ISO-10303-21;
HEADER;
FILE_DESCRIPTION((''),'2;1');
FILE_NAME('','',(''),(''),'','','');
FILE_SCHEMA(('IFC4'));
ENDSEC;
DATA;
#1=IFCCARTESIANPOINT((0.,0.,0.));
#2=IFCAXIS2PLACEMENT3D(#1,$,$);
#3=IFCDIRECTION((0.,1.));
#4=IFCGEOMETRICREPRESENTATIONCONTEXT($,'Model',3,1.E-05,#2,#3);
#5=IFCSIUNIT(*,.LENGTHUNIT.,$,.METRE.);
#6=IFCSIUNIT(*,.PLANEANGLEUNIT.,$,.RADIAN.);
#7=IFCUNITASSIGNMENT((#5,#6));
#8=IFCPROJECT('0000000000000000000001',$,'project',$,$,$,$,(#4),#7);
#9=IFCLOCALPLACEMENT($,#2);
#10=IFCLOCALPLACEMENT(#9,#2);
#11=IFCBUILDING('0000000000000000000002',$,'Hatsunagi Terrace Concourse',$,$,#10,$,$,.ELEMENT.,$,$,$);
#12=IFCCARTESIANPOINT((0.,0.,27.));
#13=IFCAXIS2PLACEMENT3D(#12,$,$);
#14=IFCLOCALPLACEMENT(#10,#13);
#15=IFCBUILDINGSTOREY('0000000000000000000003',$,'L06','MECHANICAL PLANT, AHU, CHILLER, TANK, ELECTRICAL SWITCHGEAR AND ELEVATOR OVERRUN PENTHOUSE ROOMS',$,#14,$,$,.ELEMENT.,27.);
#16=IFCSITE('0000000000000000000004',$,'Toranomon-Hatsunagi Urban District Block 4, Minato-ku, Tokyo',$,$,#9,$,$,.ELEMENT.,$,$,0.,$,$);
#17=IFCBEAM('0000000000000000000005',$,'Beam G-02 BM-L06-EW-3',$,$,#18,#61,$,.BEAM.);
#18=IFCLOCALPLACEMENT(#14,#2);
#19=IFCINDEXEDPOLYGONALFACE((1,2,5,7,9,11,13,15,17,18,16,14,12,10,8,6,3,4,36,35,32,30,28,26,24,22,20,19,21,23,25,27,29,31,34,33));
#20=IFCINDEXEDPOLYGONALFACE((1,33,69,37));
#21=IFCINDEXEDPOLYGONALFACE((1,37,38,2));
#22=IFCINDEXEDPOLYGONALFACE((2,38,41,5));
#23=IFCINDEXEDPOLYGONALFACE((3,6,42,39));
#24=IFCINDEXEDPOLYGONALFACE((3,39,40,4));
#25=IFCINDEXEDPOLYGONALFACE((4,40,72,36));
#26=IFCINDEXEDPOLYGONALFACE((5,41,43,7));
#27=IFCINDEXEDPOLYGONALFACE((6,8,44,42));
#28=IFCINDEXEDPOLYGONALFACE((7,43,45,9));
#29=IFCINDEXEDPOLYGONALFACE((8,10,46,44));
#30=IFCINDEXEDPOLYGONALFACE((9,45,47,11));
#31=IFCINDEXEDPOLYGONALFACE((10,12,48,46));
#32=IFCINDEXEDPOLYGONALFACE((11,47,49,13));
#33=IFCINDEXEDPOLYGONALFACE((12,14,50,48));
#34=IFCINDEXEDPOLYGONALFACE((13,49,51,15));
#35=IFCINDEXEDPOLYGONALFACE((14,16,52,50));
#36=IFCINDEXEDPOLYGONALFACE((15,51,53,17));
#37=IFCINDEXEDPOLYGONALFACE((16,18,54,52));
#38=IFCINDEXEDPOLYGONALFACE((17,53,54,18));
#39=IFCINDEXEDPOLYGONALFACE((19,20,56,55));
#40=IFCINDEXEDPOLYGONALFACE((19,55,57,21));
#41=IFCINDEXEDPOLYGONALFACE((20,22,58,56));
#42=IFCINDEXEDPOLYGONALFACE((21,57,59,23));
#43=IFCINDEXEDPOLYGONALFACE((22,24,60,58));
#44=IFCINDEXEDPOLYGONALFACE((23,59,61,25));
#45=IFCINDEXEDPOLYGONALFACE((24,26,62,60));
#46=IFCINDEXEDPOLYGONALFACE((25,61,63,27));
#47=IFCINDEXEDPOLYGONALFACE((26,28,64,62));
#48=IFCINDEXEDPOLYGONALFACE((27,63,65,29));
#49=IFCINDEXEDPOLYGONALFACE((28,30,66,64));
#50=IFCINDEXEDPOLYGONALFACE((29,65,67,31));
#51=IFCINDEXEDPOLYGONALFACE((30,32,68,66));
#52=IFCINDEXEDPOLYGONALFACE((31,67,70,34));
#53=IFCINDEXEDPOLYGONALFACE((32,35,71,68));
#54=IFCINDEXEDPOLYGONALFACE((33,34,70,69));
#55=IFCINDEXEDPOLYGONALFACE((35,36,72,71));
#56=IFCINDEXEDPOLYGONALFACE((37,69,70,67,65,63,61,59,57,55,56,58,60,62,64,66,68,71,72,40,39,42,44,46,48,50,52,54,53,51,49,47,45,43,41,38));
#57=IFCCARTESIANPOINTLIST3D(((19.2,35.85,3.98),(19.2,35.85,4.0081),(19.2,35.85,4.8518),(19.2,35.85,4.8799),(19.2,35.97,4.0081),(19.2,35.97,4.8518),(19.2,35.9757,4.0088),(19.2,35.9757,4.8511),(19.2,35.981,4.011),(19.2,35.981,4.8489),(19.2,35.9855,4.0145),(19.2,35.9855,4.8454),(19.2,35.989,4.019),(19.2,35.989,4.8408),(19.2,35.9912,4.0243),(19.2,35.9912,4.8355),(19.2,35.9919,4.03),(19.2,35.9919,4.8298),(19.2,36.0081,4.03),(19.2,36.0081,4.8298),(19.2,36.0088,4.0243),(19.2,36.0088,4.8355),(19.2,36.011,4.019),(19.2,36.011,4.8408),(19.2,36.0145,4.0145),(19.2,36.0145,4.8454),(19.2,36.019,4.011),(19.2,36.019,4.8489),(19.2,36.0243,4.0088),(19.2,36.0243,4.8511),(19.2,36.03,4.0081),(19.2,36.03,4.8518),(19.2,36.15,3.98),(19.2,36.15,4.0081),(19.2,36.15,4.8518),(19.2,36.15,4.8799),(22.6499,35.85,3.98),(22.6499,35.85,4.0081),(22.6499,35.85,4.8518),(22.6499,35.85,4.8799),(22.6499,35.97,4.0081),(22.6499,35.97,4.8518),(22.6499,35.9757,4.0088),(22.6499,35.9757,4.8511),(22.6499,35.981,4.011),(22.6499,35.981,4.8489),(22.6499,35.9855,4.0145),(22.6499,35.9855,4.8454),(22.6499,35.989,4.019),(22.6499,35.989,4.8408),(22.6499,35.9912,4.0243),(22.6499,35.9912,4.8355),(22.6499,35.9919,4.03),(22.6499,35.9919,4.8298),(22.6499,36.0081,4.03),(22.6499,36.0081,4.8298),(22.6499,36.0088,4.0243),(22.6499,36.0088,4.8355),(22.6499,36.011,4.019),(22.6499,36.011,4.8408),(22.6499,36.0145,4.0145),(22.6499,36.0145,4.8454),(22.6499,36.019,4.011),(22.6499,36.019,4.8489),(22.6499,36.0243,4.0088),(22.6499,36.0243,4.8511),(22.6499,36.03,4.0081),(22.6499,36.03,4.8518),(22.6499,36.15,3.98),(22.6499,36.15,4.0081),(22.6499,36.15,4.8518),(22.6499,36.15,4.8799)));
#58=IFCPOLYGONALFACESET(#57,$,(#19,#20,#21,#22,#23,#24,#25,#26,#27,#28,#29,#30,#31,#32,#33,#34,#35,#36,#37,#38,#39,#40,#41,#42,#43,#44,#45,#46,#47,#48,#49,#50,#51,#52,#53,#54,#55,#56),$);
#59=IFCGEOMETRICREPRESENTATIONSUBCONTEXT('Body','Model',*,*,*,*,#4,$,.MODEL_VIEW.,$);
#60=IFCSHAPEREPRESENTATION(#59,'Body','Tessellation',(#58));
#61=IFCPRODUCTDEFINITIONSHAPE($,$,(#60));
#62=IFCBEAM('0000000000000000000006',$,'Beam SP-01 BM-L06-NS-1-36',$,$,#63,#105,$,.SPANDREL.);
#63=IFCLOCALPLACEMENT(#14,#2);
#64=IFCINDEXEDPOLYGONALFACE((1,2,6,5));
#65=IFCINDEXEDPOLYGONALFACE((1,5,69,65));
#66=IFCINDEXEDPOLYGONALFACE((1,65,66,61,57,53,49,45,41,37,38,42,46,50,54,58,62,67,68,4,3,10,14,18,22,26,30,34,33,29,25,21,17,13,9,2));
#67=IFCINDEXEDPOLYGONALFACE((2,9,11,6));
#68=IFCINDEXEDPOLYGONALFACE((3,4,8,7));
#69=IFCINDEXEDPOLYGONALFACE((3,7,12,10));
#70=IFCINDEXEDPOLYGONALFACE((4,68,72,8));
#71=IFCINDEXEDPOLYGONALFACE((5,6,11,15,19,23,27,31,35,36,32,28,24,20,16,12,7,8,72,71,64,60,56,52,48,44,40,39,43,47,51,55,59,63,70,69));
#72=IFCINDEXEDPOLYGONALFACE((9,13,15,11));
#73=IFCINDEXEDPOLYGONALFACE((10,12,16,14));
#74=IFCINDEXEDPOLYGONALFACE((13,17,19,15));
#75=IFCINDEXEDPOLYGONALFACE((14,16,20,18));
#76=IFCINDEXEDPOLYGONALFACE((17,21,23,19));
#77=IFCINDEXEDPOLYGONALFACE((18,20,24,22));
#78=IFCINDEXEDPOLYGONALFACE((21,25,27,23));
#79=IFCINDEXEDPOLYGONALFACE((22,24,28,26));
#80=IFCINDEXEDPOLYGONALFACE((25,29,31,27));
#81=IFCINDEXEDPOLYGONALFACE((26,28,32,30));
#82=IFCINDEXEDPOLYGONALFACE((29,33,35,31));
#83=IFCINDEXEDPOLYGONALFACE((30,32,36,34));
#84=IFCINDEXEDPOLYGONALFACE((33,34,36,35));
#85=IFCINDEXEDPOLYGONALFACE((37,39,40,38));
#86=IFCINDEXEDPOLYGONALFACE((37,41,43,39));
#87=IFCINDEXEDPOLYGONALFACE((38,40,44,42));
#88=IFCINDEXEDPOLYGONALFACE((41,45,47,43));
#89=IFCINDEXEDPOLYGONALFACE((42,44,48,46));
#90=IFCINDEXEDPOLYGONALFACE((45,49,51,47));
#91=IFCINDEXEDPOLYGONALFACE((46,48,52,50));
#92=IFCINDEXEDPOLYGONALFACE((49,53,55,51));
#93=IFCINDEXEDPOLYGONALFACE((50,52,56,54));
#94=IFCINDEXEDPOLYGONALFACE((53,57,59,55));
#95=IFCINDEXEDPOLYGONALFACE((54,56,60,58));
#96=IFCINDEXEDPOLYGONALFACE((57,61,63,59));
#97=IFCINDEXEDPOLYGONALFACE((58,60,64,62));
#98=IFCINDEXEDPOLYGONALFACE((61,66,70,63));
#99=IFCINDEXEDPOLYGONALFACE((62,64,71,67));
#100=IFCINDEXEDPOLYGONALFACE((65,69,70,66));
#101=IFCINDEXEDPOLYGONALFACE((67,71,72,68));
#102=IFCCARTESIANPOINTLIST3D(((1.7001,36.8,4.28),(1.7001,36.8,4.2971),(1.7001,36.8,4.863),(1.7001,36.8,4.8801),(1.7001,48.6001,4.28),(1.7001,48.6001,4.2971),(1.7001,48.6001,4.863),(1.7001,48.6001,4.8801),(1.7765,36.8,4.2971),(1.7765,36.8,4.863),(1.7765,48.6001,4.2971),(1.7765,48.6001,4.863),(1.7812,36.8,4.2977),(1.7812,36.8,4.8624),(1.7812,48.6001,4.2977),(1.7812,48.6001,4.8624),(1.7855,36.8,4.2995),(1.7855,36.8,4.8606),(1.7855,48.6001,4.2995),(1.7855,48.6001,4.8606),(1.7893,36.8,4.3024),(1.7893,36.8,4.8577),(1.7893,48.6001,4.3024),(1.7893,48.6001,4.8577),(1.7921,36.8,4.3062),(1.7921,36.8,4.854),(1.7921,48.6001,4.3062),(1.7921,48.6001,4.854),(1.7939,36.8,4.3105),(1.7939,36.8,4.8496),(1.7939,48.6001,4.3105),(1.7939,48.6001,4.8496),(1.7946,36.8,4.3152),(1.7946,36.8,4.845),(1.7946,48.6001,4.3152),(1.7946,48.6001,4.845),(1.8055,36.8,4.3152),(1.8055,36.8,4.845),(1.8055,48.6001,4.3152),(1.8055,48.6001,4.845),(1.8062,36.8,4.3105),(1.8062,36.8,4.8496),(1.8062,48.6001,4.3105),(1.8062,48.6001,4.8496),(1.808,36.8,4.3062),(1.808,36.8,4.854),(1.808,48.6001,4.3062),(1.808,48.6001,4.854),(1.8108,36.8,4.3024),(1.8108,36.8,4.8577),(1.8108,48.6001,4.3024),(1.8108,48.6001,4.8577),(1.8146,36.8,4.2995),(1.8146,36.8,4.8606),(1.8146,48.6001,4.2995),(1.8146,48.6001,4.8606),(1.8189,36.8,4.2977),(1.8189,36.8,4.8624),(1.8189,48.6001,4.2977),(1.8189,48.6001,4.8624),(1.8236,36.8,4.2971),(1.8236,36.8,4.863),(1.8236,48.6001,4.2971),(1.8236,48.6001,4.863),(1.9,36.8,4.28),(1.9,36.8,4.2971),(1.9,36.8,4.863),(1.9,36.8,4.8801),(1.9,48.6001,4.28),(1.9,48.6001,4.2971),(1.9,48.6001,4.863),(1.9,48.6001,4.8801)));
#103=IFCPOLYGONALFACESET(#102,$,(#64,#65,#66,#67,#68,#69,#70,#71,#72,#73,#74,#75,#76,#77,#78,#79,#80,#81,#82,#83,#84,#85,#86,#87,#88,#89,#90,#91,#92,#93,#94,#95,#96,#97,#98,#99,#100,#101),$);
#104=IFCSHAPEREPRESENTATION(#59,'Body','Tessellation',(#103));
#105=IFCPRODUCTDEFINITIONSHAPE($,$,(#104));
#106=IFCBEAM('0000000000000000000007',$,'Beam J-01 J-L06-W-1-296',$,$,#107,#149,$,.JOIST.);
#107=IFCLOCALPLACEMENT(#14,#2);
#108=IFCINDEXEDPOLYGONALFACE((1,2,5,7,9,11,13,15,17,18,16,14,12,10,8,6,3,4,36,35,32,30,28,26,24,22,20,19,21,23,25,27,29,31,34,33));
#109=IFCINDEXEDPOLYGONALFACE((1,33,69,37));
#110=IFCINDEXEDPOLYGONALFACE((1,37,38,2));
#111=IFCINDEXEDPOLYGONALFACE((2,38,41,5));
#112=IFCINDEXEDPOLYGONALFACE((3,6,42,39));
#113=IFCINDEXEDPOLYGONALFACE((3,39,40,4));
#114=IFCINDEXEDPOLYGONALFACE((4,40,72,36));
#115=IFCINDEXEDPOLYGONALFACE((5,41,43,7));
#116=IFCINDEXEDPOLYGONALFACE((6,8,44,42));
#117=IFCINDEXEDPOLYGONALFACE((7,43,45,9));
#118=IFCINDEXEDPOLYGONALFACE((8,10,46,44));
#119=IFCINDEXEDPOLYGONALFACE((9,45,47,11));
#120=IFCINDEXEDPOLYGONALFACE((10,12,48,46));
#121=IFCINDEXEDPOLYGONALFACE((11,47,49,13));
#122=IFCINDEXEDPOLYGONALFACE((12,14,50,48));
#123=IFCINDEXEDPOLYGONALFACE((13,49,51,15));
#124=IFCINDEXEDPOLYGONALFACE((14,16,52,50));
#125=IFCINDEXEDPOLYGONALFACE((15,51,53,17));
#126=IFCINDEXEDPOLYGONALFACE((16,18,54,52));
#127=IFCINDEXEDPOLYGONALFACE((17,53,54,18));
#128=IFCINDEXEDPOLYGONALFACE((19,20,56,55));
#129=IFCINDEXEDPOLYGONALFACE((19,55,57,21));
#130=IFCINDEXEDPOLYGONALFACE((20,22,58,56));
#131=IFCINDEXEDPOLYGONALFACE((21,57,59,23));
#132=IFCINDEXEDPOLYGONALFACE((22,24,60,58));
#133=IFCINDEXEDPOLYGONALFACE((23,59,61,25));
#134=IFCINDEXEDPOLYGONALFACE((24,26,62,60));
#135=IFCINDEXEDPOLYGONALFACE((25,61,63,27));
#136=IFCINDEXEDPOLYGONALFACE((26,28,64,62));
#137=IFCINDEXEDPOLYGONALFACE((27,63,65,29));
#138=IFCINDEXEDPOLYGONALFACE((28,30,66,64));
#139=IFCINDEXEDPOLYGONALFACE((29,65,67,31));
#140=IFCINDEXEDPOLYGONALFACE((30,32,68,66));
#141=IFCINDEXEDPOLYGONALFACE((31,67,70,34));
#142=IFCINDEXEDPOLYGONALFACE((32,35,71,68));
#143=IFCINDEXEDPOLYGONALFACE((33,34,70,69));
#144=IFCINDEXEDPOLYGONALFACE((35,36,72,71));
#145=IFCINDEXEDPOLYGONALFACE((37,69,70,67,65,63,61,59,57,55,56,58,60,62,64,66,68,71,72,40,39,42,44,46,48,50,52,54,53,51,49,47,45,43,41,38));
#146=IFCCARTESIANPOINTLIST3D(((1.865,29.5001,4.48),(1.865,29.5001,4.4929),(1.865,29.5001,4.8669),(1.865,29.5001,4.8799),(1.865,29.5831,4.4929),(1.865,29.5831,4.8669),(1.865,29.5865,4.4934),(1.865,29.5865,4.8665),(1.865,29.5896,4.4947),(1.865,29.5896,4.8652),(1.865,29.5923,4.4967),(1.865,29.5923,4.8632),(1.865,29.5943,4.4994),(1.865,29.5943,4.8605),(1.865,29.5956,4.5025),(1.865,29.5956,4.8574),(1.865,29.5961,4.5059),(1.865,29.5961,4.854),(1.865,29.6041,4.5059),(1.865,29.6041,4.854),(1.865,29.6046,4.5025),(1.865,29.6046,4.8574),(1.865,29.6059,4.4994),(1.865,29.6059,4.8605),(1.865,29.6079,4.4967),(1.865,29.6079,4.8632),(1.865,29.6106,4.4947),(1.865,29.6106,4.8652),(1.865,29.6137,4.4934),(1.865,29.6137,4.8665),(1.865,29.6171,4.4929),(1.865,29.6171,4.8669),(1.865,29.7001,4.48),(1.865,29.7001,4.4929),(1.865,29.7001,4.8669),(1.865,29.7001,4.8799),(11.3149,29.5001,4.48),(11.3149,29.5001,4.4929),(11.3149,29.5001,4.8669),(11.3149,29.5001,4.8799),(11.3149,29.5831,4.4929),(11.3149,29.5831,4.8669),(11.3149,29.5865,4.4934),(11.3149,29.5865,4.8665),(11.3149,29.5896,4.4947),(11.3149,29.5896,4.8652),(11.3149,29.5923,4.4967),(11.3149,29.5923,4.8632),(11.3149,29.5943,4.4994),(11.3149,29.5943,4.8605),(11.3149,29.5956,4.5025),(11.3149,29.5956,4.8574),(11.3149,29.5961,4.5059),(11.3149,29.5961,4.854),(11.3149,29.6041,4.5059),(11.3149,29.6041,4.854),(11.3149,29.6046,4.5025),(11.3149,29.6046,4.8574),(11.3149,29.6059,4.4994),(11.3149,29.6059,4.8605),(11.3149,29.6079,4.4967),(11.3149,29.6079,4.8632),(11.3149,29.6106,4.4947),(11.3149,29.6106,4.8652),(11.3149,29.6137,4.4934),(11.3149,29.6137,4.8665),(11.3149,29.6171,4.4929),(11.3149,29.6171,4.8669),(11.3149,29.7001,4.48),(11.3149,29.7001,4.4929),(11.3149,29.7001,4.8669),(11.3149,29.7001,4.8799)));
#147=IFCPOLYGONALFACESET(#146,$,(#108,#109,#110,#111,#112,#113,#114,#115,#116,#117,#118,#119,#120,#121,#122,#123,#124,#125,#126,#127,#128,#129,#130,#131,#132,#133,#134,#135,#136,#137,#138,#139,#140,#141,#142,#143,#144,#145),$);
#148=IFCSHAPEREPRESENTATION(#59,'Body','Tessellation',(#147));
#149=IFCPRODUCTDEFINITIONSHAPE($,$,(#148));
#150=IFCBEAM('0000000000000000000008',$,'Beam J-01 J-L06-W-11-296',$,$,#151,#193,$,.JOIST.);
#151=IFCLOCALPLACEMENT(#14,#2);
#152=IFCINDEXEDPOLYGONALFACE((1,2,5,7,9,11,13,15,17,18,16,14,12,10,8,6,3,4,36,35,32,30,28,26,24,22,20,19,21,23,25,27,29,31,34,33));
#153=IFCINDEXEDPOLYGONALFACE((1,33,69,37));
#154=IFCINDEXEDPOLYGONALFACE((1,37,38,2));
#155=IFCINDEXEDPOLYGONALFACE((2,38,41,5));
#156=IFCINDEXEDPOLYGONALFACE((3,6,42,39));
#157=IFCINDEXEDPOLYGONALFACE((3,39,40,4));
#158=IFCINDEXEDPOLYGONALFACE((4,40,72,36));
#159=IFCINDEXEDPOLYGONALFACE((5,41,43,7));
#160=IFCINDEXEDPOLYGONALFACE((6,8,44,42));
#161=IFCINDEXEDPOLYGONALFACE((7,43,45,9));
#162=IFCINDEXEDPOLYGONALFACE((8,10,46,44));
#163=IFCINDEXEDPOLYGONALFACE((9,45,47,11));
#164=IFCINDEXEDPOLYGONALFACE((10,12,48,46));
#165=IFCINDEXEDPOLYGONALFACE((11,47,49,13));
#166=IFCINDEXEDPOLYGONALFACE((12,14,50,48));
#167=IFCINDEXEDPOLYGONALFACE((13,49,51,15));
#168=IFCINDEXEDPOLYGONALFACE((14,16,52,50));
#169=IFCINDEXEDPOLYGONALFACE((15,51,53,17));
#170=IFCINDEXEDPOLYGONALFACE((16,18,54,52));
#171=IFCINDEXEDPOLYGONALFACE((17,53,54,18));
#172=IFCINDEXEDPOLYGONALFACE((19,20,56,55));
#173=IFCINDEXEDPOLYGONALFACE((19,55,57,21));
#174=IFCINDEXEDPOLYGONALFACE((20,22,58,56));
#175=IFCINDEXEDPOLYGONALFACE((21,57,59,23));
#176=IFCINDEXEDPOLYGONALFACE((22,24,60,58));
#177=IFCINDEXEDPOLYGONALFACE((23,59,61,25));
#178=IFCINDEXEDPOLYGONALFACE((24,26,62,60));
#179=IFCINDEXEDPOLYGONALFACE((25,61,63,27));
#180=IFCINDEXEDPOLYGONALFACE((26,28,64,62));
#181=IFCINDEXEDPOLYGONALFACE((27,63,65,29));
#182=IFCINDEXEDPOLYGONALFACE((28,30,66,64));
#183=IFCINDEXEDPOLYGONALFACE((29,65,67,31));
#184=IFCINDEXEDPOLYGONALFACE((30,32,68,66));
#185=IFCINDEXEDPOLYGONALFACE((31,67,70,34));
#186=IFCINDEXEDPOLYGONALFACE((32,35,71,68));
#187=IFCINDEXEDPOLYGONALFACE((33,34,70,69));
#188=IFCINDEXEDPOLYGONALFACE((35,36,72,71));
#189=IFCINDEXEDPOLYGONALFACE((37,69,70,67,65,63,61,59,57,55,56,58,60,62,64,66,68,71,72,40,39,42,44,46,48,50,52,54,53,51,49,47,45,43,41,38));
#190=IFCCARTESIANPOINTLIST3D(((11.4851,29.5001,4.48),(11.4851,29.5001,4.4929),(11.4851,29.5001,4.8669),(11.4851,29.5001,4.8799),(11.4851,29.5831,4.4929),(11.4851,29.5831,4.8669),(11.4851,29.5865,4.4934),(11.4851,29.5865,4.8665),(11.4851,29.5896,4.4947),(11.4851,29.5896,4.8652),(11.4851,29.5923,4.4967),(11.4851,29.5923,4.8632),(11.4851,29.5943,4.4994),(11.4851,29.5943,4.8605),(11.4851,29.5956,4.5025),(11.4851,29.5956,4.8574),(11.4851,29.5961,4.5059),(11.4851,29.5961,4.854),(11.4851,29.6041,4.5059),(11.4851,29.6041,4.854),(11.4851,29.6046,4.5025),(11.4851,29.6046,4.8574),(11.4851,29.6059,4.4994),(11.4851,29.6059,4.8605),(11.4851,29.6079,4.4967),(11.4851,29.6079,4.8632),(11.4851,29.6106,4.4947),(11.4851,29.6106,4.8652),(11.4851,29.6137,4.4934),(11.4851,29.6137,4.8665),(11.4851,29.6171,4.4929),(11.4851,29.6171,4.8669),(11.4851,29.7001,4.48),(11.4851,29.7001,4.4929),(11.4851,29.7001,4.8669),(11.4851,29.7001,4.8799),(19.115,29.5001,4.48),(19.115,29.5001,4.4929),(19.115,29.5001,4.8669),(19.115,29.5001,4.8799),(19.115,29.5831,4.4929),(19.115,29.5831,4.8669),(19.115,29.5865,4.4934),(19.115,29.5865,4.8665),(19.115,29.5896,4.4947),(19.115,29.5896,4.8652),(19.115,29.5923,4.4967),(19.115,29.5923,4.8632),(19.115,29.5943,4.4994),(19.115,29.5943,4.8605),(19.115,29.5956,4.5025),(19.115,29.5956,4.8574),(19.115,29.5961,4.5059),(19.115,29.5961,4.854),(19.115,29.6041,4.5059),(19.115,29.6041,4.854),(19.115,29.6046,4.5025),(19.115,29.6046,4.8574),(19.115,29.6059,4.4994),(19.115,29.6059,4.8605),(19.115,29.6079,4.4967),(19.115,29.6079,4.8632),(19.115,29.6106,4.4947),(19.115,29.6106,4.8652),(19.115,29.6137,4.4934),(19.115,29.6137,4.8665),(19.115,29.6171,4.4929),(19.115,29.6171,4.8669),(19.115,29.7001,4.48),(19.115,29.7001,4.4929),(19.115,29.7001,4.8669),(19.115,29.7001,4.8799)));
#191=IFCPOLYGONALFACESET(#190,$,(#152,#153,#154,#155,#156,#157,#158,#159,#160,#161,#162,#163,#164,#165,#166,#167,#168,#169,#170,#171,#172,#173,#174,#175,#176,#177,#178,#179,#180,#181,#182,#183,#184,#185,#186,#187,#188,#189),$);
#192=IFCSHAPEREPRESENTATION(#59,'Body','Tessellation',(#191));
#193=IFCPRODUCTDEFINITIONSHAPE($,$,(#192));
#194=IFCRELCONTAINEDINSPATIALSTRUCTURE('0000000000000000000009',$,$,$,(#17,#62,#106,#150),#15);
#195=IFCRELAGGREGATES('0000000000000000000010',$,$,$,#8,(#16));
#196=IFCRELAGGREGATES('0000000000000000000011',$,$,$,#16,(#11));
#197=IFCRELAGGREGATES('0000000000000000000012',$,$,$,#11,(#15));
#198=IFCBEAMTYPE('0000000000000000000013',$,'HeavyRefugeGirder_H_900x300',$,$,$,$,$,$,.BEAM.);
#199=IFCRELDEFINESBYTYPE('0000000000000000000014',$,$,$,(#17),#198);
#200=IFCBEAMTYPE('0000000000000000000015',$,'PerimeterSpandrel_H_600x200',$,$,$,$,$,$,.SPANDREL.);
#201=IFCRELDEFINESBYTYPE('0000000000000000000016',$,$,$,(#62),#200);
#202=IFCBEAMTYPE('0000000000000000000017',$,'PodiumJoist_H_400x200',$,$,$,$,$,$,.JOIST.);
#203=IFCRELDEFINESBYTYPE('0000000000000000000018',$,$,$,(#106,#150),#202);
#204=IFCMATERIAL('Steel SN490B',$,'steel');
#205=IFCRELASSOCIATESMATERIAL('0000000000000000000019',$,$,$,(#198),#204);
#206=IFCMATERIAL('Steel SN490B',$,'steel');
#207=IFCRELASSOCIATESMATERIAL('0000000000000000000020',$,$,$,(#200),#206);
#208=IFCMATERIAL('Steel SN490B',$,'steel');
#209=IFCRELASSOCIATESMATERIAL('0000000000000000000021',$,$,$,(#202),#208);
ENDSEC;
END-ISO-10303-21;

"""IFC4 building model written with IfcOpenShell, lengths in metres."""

from ifc_helpers import new_model, si_unit, direction, frame, origin, origin_2d, place, context, subcontext, project, spatial, i_section, extrude, material, material_profile, profile_set, type_object, element, save


model = new_model("IFC4")

# Units and contexts
model_context = context("Model", 3, precision=1e-05, world=origin(), true_north=direction((0.0, 1.0)))
body_context = subcontext(model_context, "Body", "Model", "MODEL_VIEW")
ifc_project = project(units=[si_unit("LENGTHUNIT", "METRE"), si_unit("PLANEANGLEUNIT", "RADIAN")], contexts=[model_context])

# Site, building, storey
site_placement = place(None, origin())
site = spatial("IfcSite", under=ifc_project, at=site_placement, Name="Toranomon-Hatsunagi Urban District Block 4, Minato-ku, Tokyo", CompositionType="ELEMENT", RefElevation=0.0)
building_placement = place(site_placement, origin())
building = spatial("IfcBuilding", under=site, at=building_placement, Name="Hatsunagi Terrace Concourse", CompositionType="ELEMENT")
storey_placement = place(building_placement, frame((0.0, 0.0, 27.0)))
storey = spatial("IfcBuildingStorey", under=building, at=storey_placement, Name="L06", Description="MECHANICAL PLANT, AHU, CHILLER, TANK, ELECTRICAL SWITCHGEAR AND ELEVATOR OVERRUN PENTHOUSE ROOMS", CompositionType="ELEMENT", Elevation=27.0)

# Beams
ifc_material_1 = material(Name="Steel SN490B", Category="steel")
ifc_material_profile_1 = material_profile(ifc_material_1, i_section(OverallWidth=0.3, OverallDepth=0.8999, WebThickness=0.0161, FlangeThickness=0.0281, FilletRadius=0.022, at=origin_2d()), Name="H-900x300x16x28")
ifc_profile_set_1 = profile_set([ifc_material_profile_1], Name="Steel SN490B")
beam_type_1 = type_object("IfcBeamType", Name="HeavyRefugeGirder_H_900x300", PredefinedType="BEAM", material=ifc_profile_set_1)
beam_1_placement = place(storey_placement, frame((19.2, 36.0, 4.4299), z_axis=(1.0, 0.0, 0.0), x_axis=(0.0, 1.0, 0.0)))
element("IfcBeam", 1, at=beam_1_placement, inside=storey, type_object=beam_type_1, Name="Beam G-02 BM-L06-EW-3", PredefinedType="BEAM", context=body_context, shape_type="SweptSolid", body=[
    extrude(i_section(OverallWidth=0.3, OverallDepth=0.8999, WebThickness=0.0161, FlangeThickness=0.0281, FilletRadius=0.022, at=origin_2d()), origin(), (0.0, 0.0, 1.0), 3.45),
])
ifc_material_2 = material(Name="Steel SN490B", Category="steel")
ifc_material_profile_2 = material_profile(ifc_material_2, i_section(OverallWidth=0.2, OverallDepth=0.6001, WebThickness=0.011, FlangeThickness=0.0171, FilletRadius=0.0181, at=origin_2d()), Name="H-600x200x11x17")
ifc_profile_set_2 = profile_set([ifc_material_profile_2], Name="Steel SN490B")
beam_type_2 = type_object("IfcBeamType", Name="PerimeterSpandrel_H_600x200", PredefinedType="SPANDREL", material=ifc_profile_set_2)
beam_2_placement = place(storey_placement, frame((1.8, 36.8, 4.5801), z_axis=(0.0, 1.0, 0.0), x_axis=(-1.0, 0.0, 0.0)))
element("IfcBeam", 2, at=beam_2_placement, inside=storey, type_object=beam_type_2, Name="Beam SP-01 BM-L06-NS-1-36", PredefinedType="SPANDREL", context=body_context, shape_type="SweptSolid", body=[
    extrude(i_section(OverallWidth=0.2, OverallDepth=0.6001, WebThickness=0.011, FlangeThickness=0.0171, FilletRadius=0.0181, at=origin_2d()), origin(), (0.0, 0.0, 1.0), 11.8),
])
ifc_material_3 = material(Name="Steel SN490B", Category="steel")
ifc_material_profile_3 = material_profile(ifc_material_3, i_section(OverallWidth=0.2, OverallDepth=0.3999, WebThickness=0.0081, FlangeThickness=0.0129, FilletRadius=0.0129, at=origin_2d()), Name="H-400x200x8x13")
ifc_profile_set_3 = profile_set([ifc_material_profile_3], Name="Steel SN490B")
beam_type_3 = type_object("IfcBeamType", Name="PodiumJoist_H_400x200", PredefinedType="JOIST", material=ifc_profile_set_3)
beam_3_placement = place(storey_placement, frame((1.865, 29.6001, 4.6799), z_axis=(1.0, 0.0, 0.0), x_axis=(0.0, 1.0, 0.0)))
element("IfcBeam", 3, at=beam_3_placement, inside=storey, type_object=beam_type_3, Name="Beam J-01 J-L06-W-1-296", PredefinedType="JOIST", context=body_context, shape_type="SweptSolid", body=[
    extrude(i_section(OverallWidth=0.2, OverallDepth=0.3999, WebThickness=0.0081, FlangeThickness=0.0129, FilletRadius=0.0129, at=origin_2d()), origin(), (0.0, 0.0, 1.0), 9.45),
])
beam_4_placement = place(storey_placement, frame((11.4851, 29.6001, 4.6799), z_axis=(1.0, 0.0, 0.0), x_axis=(0.0, 1.0, 0.0)))
element("IfcBeam", 4, at=beam_4_placement, inside=storey, type_object=beam_type_3, Name="Beam J-01 J-L06-W-11-296", PredefinedType="JOIST", context=body_context, shape_type="SweptSolid", body=[
    extrude(i_section(OverallWidth=0.2, OverallDepth=0.3999, WebThickness=0.0081, FlangeThickness=0.0129, FilletRadius=0.0129, at=origin_2d()), origin(), (0.0, 0.0, 1.0), 7.6299),
])

save(model, "model.ifc")
